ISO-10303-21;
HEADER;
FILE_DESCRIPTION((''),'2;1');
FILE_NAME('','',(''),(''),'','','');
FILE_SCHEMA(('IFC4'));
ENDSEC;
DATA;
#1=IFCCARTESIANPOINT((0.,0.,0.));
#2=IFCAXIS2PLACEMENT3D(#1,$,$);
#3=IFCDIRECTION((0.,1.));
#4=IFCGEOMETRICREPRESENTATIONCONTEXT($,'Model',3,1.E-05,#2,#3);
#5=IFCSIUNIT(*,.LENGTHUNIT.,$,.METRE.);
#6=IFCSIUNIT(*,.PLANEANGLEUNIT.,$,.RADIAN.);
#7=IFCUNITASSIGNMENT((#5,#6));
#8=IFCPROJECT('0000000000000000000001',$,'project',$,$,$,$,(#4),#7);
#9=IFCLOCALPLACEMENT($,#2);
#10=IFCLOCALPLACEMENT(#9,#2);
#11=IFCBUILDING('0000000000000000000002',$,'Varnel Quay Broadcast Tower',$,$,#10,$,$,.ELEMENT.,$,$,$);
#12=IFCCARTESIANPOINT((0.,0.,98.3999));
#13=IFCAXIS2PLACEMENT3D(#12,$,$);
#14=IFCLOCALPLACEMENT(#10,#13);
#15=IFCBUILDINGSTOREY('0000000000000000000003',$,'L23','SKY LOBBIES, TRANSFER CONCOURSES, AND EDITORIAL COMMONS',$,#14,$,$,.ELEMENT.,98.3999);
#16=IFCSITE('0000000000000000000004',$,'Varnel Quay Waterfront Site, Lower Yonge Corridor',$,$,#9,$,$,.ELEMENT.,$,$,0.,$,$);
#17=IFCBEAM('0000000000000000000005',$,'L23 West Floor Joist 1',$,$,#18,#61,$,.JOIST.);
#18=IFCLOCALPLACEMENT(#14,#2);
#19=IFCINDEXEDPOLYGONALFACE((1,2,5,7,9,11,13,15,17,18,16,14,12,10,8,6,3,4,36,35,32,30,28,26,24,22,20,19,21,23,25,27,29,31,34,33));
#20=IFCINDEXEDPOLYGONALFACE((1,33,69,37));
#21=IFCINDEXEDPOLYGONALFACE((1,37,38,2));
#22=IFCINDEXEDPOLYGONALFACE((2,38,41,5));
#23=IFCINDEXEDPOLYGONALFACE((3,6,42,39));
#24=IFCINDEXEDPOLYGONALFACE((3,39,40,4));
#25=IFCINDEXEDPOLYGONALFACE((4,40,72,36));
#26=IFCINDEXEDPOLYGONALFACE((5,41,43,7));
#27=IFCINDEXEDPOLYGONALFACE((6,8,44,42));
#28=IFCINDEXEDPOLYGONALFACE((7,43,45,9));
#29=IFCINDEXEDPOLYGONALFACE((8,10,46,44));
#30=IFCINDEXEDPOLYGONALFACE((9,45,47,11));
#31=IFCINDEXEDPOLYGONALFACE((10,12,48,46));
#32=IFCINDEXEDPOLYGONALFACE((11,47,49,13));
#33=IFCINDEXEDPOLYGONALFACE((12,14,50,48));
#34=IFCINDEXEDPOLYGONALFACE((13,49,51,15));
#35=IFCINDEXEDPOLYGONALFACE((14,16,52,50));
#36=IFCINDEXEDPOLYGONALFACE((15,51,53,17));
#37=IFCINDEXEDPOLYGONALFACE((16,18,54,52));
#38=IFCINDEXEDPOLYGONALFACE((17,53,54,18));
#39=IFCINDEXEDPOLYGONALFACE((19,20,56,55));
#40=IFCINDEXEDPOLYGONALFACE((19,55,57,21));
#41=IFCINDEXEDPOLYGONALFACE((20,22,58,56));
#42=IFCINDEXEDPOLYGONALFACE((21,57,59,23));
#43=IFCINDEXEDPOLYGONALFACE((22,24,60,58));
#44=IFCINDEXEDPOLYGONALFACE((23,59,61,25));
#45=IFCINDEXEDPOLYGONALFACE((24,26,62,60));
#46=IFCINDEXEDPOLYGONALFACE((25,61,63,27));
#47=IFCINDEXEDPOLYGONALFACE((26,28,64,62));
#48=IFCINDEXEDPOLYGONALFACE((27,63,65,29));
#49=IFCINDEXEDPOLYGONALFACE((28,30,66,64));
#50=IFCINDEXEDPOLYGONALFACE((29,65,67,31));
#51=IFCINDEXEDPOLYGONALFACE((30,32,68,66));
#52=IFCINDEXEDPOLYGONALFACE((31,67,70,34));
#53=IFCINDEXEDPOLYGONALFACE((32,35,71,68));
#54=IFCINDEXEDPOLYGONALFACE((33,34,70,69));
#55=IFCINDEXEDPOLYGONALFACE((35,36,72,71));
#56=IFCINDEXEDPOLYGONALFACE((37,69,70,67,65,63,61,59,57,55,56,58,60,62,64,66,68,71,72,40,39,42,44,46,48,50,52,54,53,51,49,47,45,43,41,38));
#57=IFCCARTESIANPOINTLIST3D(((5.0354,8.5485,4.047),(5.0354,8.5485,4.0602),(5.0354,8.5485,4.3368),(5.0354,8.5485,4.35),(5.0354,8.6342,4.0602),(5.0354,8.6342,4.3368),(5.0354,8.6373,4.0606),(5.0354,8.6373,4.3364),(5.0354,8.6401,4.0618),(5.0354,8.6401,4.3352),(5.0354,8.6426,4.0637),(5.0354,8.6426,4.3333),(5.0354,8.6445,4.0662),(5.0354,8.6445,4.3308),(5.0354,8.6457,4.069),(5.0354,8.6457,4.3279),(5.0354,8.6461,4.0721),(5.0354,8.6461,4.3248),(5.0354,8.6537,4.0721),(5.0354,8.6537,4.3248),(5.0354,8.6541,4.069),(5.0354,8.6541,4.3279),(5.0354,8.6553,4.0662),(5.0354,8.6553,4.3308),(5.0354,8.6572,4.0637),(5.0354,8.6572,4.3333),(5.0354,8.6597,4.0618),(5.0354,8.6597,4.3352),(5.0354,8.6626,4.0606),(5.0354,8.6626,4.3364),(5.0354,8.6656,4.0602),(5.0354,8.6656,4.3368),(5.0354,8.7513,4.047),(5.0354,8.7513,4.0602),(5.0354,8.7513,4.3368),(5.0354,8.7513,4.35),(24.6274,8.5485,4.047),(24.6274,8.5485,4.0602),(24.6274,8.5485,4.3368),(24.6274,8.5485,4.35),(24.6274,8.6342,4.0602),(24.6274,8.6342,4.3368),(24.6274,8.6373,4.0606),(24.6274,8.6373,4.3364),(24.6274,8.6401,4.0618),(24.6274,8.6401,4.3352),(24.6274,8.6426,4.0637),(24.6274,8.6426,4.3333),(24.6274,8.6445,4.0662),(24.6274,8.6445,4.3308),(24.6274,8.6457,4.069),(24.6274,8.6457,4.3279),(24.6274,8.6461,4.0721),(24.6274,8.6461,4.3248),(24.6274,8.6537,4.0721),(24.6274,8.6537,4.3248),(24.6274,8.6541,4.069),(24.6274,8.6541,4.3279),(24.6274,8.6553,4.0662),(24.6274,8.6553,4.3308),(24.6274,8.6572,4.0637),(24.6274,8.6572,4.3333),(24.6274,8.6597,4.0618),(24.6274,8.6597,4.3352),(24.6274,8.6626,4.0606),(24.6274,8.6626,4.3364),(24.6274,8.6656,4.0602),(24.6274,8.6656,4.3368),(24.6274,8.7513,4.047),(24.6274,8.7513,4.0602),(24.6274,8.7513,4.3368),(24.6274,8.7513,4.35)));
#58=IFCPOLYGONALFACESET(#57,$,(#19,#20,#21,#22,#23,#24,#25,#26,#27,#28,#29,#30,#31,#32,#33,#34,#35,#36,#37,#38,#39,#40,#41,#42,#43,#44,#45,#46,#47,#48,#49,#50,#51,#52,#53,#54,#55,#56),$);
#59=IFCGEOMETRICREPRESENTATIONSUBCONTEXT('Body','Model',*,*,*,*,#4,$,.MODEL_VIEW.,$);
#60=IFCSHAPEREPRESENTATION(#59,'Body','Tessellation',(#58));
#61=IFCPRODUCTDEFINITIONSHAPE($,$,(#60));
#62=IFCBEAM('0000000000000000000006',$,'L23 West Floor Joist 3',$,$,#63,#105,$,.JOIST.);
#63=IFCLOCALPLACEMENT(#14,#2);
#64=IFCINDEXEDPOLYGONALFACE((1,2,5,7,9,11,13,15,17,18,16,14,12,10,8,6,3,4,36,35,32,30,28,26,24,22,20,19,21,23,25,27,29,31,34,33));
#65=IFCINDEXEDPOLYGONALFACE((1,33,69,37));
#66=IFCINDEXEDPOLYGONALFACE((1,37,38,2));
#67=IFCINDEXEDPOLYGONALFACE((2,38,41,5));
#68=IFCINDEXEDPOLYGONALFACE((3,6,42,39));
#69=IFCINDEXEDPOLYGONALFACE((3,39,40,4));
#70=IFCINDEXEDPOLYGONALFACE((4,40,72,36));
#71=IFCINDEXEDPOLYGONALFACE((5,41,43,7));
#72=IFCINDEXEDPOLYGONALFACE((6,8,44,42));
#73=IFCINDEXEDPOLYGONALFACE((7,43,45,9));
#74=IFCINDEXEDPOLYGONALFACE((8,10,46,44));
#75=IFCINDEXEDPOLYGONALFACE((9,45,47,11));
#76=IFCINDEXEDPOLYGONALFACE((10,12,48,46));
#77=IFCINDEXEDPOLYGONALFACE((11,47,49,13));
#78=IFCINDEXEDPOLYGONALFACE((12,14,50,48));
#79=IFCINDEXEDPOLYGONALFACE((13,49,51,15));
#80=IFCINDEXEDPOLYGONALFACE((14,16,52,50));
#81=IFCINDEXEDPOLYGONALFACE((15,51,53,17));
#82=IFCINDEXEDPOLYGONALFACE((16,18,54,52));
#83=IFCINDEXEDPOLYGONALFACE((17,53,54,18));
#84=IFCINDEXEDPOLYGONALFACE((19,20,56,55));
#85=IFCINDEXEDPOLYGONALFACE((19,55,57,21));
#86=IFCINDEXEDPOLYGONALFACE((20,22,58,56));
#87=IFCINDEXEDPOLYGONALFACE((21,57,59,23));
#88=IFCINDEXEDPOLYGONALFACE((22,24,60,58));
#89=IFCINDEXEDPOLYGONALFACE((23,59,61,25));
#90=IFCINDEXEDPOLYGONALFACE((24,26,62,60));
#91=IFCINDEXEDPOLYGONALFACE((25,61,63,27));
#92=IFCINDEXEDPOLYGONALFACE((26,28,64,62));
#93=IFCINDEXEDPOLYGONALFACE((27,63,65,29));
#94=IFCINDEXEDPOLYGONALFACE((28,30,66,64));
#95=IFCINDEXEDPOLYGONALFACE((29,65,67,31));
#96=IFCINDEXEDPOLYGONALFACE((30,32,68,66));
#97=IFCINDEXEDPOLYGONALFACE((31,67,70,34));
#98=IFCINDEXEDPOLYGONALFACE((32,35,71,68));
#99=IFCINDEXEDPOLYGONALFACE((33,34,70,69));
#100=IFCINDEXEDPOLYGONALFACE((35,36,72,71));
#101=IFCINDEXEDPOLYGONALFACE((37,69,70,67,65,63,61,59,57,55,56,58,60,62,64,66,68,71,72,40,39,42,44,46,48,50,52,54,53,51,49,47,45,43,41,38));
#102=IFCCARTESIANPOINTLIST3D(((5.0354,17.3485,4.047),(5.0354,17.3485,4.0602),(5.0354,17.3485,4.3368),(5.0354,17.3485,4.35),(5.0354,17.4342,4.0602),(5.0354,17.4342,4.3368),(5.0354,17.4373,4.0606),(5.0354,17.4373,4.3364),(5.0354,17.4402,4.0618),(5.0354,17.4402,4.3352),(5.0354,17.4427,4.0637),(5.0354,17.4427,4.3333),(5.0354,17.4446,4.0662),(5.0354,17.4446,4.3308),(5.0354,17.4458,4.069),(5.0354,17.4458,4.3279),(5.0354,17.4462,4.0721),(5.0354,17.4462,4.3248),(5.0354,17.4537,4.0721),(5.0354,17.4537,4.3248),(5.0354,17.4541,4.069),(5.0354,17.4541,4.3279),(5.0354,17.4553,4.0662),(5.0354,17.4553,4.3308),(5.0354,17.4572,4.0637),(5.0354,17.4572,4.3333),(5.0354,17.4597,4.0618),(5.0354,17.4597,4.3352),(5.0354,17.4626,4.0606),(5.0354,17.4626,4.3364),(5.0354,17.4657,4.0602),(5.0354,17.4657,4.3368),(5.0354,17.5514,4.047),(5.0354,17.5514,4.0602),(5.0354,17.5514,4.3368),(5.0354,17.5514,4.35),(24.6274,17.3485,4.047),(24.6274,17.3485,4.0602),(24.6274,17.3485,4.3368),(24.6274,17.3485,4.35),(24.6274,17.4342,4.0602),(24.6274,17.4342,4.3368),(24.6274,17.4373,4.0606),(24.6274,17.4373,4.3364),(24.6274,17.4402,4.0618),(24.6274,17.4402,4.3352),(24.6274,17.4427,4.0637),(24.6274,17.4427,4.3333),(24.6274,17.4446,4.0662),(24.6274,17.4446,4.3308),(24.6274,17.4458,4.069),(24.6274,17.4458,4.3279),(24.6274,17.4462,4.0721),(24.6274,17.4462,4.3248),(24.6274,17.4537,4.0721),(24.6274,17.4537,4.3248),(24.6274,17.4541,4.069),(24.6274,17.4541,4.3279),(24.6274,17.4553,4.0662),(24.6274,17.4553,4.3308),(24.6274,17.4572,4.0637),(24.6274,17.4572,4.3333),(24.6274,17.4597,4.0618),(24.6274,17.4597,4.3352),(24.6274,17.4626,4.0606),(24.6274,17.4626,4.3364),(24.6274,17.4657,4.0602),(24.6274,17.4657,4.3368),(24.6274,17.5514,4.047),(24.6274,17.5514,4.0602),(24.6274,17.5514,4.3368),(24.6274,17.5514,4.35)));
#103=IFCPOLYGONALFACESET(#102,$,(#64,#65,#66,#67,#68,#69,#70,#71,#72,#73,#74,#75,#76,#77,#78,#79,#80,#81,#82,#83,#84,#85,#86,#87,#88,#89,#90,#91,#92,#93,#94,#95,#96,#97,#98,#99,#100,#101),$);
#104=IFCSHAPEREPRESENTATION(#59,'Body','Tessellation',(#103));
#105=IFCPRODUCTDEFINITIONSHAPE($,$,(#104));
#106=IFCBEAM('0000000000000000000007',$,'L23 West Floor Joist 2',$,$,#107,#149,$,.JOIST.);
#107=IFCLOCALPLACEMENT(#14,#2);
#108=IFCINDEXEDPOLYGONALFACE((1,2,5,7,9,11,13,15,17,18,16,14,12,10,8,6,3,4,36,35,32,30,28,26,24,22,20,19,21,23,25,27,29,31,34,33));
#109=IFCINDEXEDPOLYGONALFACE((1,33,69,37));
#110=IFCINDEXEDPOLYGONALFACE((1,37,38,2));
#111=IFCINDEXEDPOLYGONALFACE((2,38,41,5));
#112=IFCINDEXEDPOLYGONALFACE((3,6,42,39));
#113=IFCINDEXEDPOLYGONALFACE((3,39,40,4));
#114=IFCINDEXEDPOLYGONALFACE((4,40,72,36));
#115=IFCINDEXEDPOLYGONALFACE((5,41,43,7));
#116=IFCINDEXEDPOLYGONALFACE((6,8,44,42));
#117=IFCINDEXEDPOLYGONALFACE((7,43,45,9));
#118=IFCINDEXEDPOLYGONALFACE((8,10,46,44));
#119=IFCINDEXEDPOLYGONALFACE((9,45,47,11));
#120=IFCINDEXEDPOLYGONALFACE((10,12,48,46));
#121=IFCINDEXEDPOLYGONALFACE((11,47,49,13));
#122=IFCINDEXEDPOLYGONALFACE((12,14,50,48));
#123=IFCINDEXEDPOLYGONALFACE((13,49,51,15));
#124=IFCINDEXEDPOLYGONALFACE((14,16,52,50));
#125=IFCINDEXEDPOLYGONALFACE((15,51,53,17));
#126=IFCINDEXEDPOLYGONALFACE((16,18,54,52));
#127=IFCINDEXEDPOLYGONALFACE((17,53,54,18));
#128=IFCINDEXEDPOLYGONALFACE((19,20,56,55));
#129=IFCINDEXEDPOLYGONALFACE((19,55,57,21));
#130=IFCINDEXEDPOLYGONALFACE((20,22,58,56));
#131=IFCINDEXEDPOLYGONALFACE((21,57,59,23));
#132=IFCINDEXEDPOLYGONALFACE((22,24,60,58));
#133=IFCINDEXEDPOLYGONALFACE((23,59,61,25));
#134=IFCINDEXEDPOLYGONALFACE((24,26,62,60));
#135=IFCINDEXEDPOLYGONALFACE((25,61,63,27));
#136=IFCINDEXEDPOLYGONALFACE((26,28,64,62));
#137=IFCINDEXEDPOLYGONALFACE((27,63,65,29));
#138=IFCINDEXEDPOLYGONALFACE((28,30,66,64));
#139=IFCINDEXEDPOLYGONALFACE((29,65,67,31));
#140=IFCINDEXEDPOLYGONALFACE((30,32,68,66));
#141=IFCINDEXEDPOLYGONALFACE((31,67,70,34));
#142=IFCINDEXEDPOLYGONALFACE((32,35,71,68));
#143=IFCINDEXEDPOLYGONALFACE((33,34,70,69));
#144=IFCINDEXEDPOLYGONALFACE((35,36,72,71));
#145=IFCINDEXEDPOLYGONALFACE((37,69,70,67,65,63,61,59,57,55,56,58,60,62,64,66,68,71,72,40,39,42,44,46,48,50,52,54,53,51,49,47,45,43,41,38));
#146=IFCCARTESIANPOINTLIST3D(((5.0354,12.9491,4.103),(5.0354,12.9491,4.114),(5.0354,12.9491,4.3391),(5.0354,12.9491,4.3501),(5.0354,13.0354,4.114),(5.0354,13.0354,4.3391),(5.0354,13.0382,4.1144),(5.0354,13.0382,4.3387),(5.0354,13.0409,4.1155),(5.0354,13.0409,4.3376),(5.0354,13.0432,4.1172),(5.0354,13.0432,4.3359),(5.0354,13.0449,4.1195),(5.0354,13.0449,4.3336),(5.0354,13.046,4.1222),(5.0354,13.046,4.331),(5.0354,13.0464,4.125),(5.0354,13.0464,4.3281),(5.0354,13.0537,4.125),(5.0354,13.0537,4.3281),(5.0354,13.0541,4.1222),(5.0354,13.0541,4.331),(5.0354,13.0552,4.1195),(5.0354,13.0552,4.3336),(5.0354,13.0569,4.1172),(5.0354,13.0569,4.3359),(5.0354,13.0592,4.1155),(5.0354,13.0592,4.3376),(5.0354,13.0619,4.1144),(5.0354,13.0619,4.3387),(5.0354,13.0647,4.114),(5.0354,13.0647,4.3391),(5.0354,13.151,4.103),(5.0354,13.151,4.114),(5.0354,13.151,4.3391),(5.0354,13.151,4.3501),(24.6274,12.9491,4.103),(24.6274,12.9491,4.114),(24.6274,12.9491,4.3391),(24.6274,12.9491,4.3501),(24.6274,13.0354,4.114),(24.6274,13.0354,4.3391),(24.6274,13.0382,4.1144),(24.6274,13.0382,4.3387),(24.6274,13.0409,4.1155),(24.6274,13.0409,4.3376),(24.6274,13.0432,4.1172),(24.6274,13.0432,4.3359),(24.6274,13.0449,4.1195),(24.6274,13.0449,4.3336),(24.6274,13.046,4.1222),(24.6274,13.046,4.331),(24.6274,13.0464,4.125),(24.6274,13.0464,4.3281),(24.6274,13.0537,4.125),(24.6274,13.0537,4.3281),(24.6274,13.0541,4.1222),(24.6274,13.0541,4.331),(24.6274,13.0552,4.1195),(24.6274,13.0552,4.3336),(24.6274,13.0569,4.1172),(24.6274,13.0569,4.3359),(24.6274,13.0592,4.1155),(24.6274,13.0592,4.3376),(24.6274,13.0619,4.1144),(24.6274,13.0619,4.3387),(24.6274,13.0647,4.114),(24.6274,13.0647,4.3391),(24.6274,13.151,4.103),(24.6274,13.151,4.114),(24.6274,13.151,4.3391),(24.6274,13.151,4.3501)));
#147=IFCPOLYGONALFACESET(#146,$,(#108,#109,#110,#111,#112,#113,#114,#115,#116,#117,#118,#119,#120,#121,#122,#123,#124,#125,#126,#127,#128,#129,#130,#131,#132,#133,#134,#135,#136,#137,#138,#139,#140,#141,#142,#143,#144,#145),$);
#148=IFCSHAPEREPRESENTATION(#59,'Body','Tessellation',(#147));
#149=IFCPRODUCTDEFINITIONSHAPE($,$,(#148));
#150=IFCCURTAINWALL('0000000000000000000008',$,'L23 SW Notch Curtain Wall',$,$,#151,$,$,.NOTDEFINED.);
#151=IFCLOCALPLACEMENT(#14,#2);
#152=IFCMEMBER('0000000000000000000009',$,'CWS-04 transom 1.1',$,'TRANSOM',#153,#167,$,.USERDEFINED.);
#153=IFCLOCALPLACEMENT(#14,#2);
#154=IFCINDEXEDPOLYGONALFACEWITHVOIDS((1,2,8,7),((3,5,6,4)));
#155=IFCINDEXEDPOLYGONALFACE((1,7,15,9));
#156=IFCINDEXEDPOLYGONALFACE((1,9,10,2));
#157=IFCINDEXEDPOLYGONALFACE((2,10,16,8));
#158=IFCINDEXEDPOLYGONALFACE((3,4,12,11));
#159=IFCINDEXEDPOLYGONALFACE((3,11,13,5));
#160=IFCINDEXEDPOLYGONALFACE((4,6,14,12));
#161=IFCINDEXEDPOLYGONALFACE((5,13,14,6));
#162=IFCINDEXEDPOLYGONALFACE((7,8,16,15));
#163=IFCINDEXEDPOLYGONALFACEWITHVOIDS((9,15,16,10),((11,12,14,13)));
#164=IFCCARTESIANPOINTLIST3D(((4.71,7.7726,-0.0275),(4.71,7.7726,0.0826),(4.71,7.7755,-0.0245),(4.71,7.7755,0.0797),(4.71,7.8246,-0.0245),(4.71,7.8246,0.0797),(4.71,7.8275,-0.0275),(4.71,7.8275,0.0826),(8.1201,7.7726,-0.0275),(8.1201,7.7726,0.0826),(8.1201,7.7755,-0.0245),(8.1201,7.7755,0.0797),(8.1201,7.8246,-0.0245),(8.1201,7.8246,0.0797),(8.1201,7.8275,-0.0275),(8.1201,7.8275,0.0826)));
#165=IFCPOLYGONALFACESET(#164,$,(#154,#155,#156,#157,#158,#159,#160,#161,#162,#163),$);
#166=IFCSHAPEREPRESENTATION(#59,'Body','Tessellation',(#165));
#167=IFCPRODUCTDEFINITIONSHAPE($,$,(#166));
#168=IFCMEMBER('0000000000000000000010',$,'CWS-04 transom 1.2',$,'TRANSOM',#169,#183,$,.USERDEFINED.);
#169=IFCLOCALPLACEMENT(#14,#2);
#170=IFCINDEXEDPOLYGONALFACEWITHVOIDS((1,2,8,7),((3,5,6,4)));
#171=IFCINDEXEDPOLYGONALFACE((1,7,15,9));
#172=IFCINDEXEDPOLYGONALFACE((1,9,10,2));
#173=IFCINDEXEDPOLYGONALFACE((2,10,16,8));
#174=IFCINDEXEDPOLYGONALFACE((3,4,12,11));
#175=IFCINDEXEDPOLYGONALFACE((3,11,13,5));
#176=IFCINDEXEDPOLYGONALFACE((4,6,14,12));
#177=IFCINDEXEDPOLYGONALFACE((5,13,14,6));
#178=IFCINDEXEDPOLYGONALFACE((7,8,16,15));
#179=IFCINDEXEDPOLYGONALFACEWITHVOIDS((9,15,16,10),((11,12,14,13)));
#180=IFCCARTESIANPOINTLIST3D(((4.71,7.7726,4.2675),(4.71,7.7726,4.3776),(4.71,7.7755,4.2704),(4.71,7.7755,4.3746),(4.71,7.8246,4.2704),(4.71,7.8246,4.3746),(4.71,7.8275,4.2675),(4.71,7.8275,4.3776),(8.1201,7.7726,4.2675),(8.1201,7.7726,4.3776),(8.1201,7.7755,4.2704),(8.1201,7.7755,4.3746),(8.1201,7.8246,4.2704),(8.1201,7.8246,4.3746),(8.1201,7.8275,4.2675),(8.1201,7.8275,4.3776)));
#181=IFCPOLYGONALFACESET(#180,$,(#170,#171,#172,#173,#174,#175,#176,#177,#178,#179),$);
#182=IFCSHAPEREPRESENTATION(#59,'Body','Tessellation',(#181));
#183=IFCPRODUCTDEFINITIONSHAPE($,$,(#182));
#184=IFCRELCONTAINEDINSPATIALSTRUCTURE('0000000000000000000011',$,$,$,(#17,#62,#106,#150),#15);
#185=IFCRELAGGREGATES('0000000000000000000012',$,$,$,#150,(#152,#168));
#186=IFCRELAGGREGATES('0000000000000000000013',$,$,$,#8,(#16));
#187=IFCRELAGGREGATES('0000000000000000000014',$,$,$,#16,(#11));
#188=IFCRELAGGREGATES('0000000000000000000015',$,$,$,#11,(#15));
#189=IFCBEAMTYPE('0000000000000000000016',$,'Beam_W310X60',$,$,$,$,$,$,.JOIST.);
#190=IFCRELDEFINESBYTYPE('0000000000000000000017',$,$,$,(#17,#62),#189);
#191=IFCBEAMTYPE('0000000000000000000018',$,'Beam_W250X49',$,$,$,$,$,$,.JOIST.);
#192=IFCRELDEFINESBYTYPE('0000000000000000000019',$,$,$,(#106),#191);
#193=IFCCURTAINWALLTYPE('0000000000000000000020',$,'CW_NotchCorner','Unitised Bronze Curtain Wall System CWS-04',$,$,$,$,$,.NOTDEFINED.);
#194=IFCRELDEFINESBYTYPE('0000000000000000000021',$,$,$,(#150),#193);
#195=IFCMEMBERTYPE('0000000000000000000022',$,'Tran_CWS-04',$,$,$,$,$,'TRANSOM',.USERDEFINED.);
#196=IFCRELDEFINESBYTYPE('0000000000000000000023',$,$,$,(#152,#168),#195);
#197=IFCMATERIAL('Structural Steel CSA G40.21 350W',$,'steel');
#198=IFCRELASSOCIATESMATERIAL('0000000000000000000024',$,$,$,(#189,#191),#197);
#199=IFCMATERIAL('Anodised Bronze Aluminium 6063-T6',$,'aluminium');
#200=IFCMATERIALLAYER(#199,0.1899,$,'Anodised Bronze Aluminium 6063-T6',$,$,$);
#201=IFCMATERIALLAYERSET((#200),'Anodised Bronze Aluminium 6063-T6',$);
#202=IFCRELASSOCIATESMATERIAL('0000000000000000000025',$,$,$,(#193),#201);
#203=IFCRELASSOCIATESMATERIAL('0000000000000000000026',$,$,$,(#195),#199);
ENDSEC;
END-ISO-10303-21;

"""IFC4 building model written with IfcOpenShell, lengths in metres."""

from ifc_helpers import new_model, si_unit, direction, frame, origin, origin_2d, place, context, subcontext, project, spatial, hollow_rectangle, i_section, extrude, source, transform, mapped, material, layer, layer_set, material_profile, profile_set, type_object, type_shapes, element, aggregate, save


model = new_model("IFC4")

# Units and contexts
model_context = context("Model", 3, precision=1e-05, world=origin(), true_north=direction((0.0, 1.0)))
body_context = subcontext(model_context, "Body", "Model", "MODEL_VIEW")
ifc_project = project(units=[si_unit("LENGTHUNIT", "METRE"), si_unit("PLANEANGLEUNIT", "RADIAN")], contexts=[model_context])

# Site, building, storey
site_placement = place(None, origin())
site = spatial("IfcSite", under=ifc_project, at=site_placement, Name="Varnel Quay Waterfront Site, Lower Yonge Corridor", CompositionType="ELEMENT", RefElevation=0.0)
building_placement = place(site_placement, origin())
building = spatial("IfcBuilding", under=site, at=building_placement, Name="Varnel Quay Broadcast Tower", CompositionType="ELEMENT")
storey_placement = place(building_placement, frame((0.0, 0.0, 98.3999)))
storey = spatial("IfcBuildingStorey", under=building, at=storey_placement, Name="L23", Description="SKY LOBBIES, TRANSFER CONCOURSES, AND EDITORIAL COMMONS", CompositionType="ELEMENT", Elevation=98.3999)

# Shared definitions
ifc_material_1 = material(Name="Structural Steel CSA G40.21 350W", Category="steel")

# Beams
ifc_material_profile_1 = material_profile(ifc_material_1, i_section(OverallWidth=0.2029, OverallDepth=0.303, WebThickness=0.0076, FlangeThickness=0.0132, FilletRadius=0.012, at=origin_2d()), Name="W310X60")
ifc_profile_set_1 = profile_set([ifc_material_profile_1], Name="Structural Steel CSA G40.21 350W")
beam_type_1 = type_object("IfcBeamType", Name="Beam_W310X60", PredefinedType="JOIST", material=ifc_profile_set_1)
shared_shape_1 = source(origin(), body_context, "Body", "SweptSolid", [
    extrude(i_section(OverallWidth=0.2029, OverallDepth=0.303, WebThickness=0.0076, FlangeThickness=0.0132, FilletRadius=0.012, at=origin_2d()), origin(), (0.0, 0.0, 1.0), 19.592),
])
type_shapes(beam_type_1, [shared_shape_1])
for number, where, z_axis, x_axis, name in (
    (1, (5.0354, 8.6499, 4.1985), (1.0, 0.0, 0.0), (0.0, 1.0, 0.0), "L23 West Floor Joist 1"),
    (2, (5.0354, 17.45, 4.1985), (1.0, 0.0, 0.0), (0.0, 1.0, 0.0), "L23 West Floor Joist 3"),
):
    element("IfcBeam", number, at=place(storey_placement, frame(where, z_axis=z_axis, x_axis=x_axis)), inside=storey, type_object=beam_type_1, Name=name, PredefinedType="JOIST", context=body_context, shape_type="MappedRepresentation", body=[
        mapped(shared_shape_1, transform((0.0, 0.0, 0.0), x_axis=(1.0, 0.0, 0.0), y_axis=(0.0, 1.0, 0.0), z_axis=(0.0, 0.0, 1.0), scale=1.0)),
    ])
ifc_material_profile_2 = material_profile(ifc_material_1, i_section(OverallWidth=0.2019, OverallDepth=0.2471, WebThickness=0.0073, FlangeThickness=0.011, FilletRadius=0.011, at=origin_2d()), Name="W250X49")
ifc_profile_set_2 = profile_set([ifc_material_profile_2], Name="Structural Steel CSA G40.21 350W")
beam_type_2 = type_object("IfcBeamType", Name="Beam_W250X49", PredefinedType="JOIST", material=ifc_profile_set_2)
shared_shape_2 = source(origin(), body_context, "Body", "SweptSolid", [
    extrude(i_section(OverallWidth=0.2019, OverallDepth=0.2471, WebThickness=0.0073, FlangeThickness=0.011, FilletRadius=0.011, at=origin_2d()), origin(), (0.0, 0.0, 1.0), 19.592),
])
type_shapes(beam_type_2, [shared_shape_2])
beam_1_placement = place(storey_placement, frame((5.0354, 13.05, 4.2266), z_axis=(1.0, 0.0, 0.0), x_axis=(0.0, 1.0, 0.0)))
element("IfcBeam", 3, at=beam_1_placement, inside=storey, type_object=beam_type_2, Name="L23 West Floor Joist 2", PredefinedType="JOIST", context=body_context, shape_type="MappedRepresentation", body=[
    mapped(shared_shape_2, transform((0.0, 0.0, 0.0), x_axis=(1.0, 0.0, 0.0), y_axis=(0.0, 1.0, 0.0), z_axis=(0.0, 0.0, 1.0), scale=1.0)),
])

# Curtain wall, members
ifc_material_2 = material(Name="Anodised Bronze Aluminium 6063-T6", Category="aluminium")
ifc_layer_1 = layer(ifc_material_2, 0.1899, Name="Anodised Bronze Aluminium 6063-T6")
ifc_layer_set_1 = layer_set([ifc_layer_1], Name="Anodised Bronze Aluminium 6063-T6")
curtain_wall_type_1 = type_object("IfcCurtainWallType", Name="CW_NotchCorner", Description="Unitised Bronze Curtain Wall System CWS-04", PredefinedType="NOTDEFINED", material=ifc_layer_set_1)
curtain_wall_1_placement = place(storey_placement, origin())
curtain_wall_1 = element("IfcCurtainWall", 4, at=curtain_wall_1_placement, inside=storey, type_object=curtain_wall_type_1, Name="L23 SW Notch Curtain Wall", PredefinedType="NOTDEFINED")
ifc_material_profile_3 = material_profile(ifc_material_2, hollow_rectangle(XDim=0.0549, YDim=0.1101, WallThickness=0.0029, at=origin_2d()), Name="ALU55X110X3")
ifc_profile_set_3 = profile_set([ifc_material_profile_3], Name="Anodised Bronze Aluminium 6063-T6")
member_type_1 = type_object("IfcMemberType", Name="Tran_CWS-04", ElementType="TRANSOM", PredefinedType="USERDEFINED", material=ifc_profile_set_3)
shared_shape_3 = source(origin(), body_context, "Body", "SweptSolid", [
    extrude(hollow_rectangle(XDim=0.0549, YDim=0.1101, WallThickness=0.0029, at=origin_2d()), origin(), (0.0, 0.0, 1.0), 3.4102),
])
type_shapes(member_type_1, [shared_shape_3])
member_1_placement = place(storey_placement, frame((4.71, 7.8, 0.0276), z_axis=(1.0, 0.0, 0.0), x_axis=(0.0, 1.0, 0.0)))
member_1 = element("IfcMember", 5, at=member_1_placement, type_object=member_type_1, Name="CWS-04 transom 1.1", ObjectType="TRANSOM", PredefinedType="USERDEFINED", context=body_context, shape_type="MappedRepresentation", body=[
    mapped(shared_shape_3, transform((0.0, 0.0, 0.0), x_axis=(1.0, 0.0, 0.0), y_axis=(0.0, 1.0, 0.0), z_axis=(0.0, 0.0, 1.0), scale=1.0)),
])
member_2_placement = place(storey_placement, frame((4.71, 7.8, 4.3225), z_axis=(1.0, 0.0, 0.0), x_axis=(0.0, 1.0, 0.0)))
member_2 = element("IfcMember", 6, at=member_2_placement, type_object=member_type_1, Name="CWS-04 transom 1.2", ObjectType="TRANSOM", PredefinedType="USERDEFINED", context=body_context, shape_type="MappedRepresentation", body=[
    mapped(shared_shape_3, transform((0.0, 0.0, 0.0), x_axis=(1.0, 0.0, 0.0), y_axis=(0.0, 1.0, 0.0), z_axis=(0.0, 0.0, 1.0), scale=1.0)),
])

aggregate(curtain_wall_1, [member_1, member_2])

save(model, "model.ifc")
